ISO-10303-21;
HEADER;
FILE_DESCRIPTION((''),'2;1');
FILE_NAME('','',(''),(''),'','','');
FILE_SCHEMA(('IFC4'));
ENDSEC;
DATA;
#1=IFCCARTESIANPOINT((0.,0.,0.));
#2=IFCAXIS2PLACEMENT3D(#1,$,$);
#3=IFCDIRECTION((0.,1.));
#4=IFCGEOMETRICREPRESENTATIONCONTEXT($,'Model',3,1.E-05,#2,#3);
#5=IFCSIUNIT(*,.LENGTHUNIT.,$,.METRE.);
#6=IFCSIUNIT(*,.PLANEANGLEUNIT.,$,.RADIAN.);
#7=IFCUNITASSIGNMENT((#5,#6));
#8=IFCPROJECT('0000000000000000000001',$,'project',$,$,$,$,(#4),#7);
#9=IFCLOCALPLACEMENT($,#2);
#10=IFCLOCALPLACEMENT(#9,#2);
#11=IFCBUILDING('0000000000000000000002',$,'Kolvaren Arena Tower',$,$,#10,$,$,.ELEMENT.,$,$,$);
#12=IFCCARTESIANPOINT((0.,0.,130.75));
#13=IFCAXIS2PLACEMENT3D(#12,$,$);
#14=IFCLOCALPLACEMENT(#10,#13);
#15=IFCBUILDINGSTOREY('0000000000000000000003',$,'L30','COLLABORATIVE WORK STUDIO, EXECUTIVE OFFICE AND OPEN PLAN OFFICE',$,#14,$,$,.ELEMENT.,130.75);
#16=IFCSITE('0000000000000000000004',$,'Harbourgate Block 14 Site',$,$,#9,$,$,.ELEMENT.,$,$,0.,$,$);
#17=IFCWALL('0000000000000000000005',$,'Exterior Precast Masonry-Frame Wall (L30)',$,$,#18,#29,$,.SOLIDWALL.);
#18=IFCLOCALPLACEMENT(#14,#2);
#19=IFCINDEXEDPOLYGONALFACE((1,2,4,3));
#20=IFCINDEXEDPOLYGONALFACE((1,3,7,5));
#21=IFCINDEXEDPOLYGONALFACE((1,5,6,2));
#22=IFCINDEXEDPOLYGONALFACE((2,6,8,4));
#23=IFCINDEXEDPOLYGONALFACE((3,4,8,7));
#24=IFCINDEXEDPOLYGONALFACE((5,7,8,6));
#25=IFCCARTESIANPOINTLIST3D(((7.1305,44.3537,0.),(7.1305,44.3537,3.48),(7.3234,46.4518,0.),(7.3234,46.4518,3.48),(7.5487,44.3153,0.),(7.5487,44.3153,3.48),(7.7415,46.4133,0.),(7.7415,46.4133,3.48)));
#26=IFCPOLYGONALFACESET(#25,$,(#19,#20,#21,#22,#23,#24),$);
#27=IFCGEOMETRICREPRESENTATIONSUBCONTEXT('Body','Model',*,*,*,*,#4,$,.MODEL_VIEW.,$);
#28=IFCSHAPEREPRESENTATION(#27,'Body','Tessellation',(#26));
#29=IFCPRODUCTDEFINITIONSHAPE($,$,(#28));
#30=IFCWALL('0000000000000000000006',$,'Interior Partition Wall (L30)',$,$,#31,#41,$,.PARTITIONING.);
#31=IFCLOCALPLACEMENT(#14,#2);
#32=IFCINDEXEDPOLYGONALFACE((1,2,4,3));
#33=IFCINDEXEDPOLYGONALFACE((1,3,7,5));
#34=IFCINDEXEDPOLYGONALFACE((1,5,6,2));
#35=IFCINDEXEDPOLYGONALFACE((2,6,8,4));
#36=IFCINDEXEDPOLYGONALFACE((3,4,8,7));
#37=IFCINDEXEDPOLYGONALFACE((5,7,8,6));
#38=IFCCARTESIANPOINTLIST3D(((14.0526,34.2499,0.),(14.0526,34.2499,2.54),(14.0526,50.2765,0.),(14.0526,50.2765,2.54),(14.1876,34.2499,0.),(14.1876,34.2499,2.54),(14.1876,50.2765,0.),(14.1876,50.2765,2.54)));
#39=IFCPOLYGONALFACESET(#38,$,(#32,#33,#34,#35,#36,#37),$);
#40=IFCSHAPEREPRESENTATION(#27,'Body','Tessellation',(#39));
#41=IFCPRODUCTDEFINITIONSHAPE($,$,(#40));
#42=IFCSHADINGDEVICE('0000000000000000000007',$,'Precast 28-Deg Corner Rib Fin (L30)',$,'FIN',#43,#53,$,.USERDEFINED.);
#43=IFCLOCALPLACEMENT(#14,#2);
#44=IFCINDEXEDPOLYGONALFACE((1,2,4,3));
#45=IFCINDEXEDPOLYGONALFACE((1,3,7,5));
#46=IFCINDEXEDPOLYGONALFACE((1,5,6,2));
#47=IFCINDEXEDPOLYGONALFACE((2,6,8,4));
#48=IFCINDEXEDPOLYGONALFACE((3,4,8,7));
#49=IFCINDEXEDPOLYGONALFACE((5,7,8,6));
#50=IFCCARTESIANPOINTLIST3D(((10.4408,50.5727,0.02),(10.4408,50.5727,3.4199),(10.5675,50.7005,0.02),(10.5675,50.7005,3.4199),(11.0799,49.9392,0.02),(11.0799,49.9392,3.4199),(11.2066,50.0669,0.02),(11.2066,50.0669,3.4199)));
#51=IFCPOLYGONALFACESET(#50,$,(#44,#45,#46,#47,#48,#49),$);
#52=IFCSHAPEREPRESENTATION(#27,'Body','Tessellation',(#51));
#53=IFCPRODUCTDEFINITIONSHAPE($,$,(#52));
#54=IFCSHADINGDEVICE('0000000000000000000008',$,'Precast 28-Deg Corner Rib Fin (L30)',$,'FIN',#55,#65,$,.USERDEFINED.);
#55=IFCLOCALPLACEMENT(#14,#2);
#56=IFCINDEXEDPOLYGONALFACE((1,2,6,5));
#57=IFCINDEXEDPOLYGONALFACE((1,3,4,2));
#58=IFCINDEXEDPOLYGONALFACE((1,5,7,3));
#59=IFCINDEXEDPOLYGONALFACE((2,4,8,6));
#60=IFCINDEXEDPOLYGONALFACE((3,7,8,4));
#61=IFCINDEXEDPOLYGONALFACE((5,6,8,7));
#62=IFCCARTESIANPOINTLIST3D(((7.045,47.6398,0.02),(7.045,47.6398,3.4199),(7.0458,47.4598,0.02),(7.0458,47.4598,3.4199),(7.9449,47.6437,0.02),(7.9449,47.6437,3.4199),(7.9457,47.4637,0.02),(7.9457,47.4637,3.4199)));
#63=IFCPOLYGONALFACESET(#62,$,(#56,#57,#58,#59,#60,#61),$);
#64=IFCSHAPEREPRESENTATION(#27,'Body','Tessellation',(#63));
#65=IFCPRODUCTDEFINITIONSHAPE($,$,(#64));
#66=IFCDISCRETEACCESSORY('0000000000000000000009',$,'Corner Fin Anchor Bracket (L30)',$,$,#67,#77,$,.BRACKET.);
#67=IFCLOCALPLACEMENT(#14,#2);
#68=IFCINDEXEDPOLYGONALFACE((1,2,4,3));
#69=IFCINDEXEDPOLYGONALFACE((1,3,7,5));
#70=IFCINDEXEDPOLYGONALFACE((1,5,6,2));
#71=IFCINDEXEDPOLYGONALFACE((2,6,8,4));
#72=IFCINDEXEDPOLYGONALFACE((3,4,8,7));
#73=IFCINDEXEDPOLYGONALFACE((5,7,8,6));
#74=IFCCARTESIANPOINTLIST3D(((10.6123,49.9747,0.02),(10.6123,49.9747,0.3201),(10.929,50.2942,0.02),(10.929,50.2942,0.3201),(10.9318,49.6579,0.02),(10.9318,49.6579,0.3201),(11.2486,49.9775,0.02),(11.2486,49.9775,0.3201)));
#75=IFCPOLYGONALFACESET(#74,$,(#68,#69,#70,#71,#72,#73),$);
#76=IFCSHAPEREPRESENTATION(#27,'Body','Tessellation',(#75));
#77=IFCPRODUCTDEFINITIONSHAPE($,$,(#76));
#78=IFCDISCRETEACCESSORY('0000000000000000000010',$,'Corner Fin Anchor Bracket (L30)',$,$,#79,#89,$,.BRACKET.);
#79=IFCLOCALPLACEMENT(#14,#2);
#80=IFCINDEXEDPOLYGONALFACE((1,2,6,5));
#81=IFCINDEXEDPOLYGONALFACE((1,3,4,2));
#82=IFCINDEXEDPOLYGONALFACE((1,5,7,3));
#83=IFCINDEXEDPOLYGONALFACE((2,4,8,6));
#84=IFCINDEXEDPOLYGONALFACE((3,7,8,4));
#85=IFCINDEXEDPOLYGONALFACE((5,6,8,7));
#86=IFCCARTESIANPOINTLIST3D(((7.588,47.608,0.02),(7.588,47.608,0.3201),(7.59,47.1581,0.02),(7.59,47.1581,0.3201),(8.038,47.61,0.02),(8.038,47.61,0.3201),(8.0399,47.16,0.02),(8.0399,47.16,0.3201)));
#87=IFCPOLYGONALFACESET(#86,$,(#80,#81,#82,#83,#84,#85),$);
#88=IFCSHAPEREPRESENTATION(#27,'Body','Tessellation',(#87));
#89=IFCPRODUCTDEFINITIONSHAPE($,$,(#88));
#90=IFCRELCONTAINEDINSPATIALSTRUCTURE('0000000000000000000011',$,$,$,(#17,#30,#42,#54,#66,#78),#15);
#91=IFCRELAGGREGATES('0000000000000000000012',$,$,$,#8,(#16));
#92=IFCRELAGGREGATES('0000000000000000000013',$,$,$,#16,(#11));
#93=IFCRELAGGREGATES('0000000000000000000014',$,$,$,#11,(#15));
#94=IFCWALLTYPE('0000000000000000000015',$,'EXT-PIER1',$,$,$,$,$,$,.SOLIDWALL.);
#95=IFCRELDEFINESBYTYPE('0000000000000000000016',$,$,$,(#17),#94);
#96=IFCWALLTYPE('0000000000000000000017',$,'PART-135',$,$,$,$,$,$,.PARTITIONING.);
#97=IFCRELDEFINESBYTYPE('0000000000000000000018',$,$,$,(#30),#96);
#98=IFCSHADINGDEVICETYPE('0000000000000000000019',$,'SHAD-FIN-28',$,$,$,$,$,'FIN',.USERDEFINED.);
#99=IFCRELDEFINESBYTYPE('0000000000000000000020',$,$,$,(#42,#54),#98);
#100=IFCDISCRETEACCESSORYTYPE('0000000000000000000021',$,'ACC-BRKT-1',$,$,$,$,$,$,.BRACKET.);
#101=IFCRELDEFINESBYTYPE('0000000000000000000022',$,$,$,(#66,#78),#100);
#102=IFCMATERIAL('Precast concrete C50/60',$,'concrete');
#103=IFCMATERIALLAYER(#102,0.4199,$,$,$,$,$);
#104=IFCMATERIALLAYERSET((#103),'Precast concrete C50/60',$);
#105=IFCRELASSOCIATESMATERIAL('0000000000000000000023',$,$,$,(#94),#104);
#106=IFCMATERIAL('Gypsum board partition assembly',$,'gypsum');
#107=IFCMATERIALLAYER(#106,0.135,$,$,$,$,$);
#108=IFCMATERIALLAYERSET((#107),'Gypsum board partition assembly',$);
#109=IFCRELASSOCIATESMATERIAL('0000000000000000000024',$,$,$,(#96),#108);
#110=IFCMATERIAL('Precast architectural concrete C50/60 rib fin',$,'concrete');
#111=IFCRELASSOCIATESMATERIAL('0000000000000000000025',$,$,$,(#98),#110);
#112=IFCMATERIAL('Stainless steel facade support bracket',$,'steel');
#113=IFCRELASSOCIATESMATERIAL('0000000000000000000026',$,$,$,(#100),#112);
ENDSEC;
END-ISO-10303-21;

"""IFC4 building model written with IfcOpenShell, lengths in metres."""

from ifc_helpers import new_model, si_unit, direction, frame, frame_2d, origin, origin_2d, place, context, subcontext, project, spatial, rectangle, extrude, material, layer, layer_set, type_object, element, save


model = new_model("IFC4")

# Units and contexts
model_context = context("Model", 3, precision=1e-05, world=origin(), true_north=direction((0.0, 1.0)))
body_context = subcontext(model_context, "Body", "Model", "MODEL_VIEW")
ifc_project = project(units=[si_unit("LENGTHUNIT", "METRE"), si_unit("PLANEANGLEUNIT", "RADIAN")], contexts=[model_context])

# Site, building, storey
site_placement = place(None, origin())
site = spatial("IfcSite", under=ifc_project, at=site_placement, Name="Harbourgate Block 14 Site", CompositionType="ELEMENT", RefElevation=0.0)
building_placement = place(site_placement, origin())
building = spatial("IfcBuilding", under=site, at=building_placement, Name="Kolvaren Arena Tower", CompositionType="ELEMENT")
storey_placement = place(building_placement, frame((0.0, 0.0, 130.75)))
storey = spatial("IfcBuildingStorey", under=building, at=storey_placement, Name="L30", Description="COLLABORATIVE WORK STUDIO, EXECUTIVE OFFICE AND OPEN PLAN OFFICE", CompositionType="ELEMENT", Elevation=130.75)

# Shared definitions
ifc_material_1 = material(Name="Precast concrete C50/60", Category="concrete")
ifc_layer_1 = layer(ifc_material_1, 0.4199)
ifc_layer_set_1 = layer_set([ifc_layer_1], Name="Precast concrete C50/60")
wall_type_1 = type_object("IfcWallType", Name="EXT-PIER1", PredefinedType="SOLIDWALL", material=ifc_layer_set_1)

# Walls
wall_1_placement = place(storey_placement, frame((7.3396, 44.3345, 0.0), z_axis=(0.0, 0.0, 1.0), x_axis=(0.091539, 0.995802, 0.0)))
element("IfcWall", 1, at=wall_1_placement, inside=storey, type_object=wall_type_1, Name="Exterior Precast Masonry-Frame Wall (L30)", PredefinedType="SOLIDWALL", context=body_context, shape_type="SweptSolid", body=[
    extrude(rectangle(XDim=2.1069, YDim=0.4199, at=frame_2d((1.0535, 0.0))), origin(), (0.0, 0.0, 1.0), 3.48),
])
ifc_material_2 = material(Name="Gypsum board partition assembly", Category="gypsum")
ifc_layer_2 = layer(ifc_material_2, 0.135)
ifc_layer_set_2 = layer_set([ifc_layer_2], Name="Gypsum board partition assembly")
wall_type_2 = type_object("IfcWallType", Name="PART-135", PredefinedType="PARTITIONING", material=ifc_layer_set_2)
wall_2_placement = place(storey_placement, frame((14.1201, 34.25, 0.0), z_axis=(0.0, 0.0, 1.0), x_axis=(0.0, 1.0, 0.0)))
element("IfcWall", 2, at=wall_2_placement, inside=storey, type_object=wall_type_2, Name="Interior Partition Wall (L30)", PredefinedType="PARTITIONING", context=body_context, shape_type="SweptSolid", body=[
    extrude(rectangle(XDim=16.0266, YDim=0.135, at=frame_2d((8.0132, 0.0))), origin(), (0.0, 0.0, 1.0), 2.54),
])

# Shading devices
ifc_material_3 = material(Name="Precast architectural concrete C50/60 rib fin", Category="concrete")
shading_device_type = type_object("IfcShadingDeviceType", Name="SHAD-FIN-28", ElementType="FIN", PredefinedType="USERDEFINED", material=ifc_material_3)
for number, where, z_axis, x_axis, name in (
    (3, (10.8237, 50.3198, 0.02), (0.0, 0.0, 1.0), (-0.710184, 0.704016, 0.0), "Precast 28-Deg Corner Rib Fin (L30)"),
    (4, (7.4954, 47.5518, 0.02), (0.0, 0.0, 1.0), (-0.999991, -0.004349, 0.0), "Precast 28-Deg Corner Rib Fin (L30)"),
):
    element("IfcShadingDevice", number, at=place(storey_placement, frame(where, z_axis=z_axis, x_axis=x_axis)), inside=storey, type_object=shading_device_type, Name=name, ObjectType="FIN", PredefinedType="USERDEFINED", context=body_context, shape_type="SweptSolid", body=[
        extrude(rectangle(XDim=0.8999, YDim=0.1799, at=origin_2d()), origin(), (0.0, 0.0, 1.0), 3.3999),
    ])

# Discrete accessories
ifc_material_4 = material(Name="Stainless steel facade support bracket", Category="steel")
discrete_accessory_type = type_object("IfcDiscreteAccessoryType", Name="ACC-BRKT-1", PredefinedType="BRACKET", material=ifc_material_4)
for number, where, z_axis, x_axis, name in (
    (5, (10.9304, 49.9761, 0.02), (0.0, 0.0, 1.0), (-0.710184, 0.704016, 0.0), "Corner Fin Anchor Bracket (L30)"),
    (6, (7.814, 47.384, 0.02), (0.0, 0.0, 1.0), (-0.999991, -0.004349, 0.0), "Corner Fin Anchor Bracket (L30)"),
):
    element("IfcDiscreteAccessory", number, at=place(storey_placement, frame(where, z_axis=z_axis, x_axis=x_axis)), inside=storey, type_object=discrete_accessory_type, Name=name, PredefinedType="BRACKET", context=body_context, shape_type="SweptSolid", body=[
        extrude(rectangle(XDim=0.45, YDim=0.45, at=origin_2d()), origin(), (0.0, 0.0, 1.0), 0.3),
    ])

save(model, "model.ifc")
